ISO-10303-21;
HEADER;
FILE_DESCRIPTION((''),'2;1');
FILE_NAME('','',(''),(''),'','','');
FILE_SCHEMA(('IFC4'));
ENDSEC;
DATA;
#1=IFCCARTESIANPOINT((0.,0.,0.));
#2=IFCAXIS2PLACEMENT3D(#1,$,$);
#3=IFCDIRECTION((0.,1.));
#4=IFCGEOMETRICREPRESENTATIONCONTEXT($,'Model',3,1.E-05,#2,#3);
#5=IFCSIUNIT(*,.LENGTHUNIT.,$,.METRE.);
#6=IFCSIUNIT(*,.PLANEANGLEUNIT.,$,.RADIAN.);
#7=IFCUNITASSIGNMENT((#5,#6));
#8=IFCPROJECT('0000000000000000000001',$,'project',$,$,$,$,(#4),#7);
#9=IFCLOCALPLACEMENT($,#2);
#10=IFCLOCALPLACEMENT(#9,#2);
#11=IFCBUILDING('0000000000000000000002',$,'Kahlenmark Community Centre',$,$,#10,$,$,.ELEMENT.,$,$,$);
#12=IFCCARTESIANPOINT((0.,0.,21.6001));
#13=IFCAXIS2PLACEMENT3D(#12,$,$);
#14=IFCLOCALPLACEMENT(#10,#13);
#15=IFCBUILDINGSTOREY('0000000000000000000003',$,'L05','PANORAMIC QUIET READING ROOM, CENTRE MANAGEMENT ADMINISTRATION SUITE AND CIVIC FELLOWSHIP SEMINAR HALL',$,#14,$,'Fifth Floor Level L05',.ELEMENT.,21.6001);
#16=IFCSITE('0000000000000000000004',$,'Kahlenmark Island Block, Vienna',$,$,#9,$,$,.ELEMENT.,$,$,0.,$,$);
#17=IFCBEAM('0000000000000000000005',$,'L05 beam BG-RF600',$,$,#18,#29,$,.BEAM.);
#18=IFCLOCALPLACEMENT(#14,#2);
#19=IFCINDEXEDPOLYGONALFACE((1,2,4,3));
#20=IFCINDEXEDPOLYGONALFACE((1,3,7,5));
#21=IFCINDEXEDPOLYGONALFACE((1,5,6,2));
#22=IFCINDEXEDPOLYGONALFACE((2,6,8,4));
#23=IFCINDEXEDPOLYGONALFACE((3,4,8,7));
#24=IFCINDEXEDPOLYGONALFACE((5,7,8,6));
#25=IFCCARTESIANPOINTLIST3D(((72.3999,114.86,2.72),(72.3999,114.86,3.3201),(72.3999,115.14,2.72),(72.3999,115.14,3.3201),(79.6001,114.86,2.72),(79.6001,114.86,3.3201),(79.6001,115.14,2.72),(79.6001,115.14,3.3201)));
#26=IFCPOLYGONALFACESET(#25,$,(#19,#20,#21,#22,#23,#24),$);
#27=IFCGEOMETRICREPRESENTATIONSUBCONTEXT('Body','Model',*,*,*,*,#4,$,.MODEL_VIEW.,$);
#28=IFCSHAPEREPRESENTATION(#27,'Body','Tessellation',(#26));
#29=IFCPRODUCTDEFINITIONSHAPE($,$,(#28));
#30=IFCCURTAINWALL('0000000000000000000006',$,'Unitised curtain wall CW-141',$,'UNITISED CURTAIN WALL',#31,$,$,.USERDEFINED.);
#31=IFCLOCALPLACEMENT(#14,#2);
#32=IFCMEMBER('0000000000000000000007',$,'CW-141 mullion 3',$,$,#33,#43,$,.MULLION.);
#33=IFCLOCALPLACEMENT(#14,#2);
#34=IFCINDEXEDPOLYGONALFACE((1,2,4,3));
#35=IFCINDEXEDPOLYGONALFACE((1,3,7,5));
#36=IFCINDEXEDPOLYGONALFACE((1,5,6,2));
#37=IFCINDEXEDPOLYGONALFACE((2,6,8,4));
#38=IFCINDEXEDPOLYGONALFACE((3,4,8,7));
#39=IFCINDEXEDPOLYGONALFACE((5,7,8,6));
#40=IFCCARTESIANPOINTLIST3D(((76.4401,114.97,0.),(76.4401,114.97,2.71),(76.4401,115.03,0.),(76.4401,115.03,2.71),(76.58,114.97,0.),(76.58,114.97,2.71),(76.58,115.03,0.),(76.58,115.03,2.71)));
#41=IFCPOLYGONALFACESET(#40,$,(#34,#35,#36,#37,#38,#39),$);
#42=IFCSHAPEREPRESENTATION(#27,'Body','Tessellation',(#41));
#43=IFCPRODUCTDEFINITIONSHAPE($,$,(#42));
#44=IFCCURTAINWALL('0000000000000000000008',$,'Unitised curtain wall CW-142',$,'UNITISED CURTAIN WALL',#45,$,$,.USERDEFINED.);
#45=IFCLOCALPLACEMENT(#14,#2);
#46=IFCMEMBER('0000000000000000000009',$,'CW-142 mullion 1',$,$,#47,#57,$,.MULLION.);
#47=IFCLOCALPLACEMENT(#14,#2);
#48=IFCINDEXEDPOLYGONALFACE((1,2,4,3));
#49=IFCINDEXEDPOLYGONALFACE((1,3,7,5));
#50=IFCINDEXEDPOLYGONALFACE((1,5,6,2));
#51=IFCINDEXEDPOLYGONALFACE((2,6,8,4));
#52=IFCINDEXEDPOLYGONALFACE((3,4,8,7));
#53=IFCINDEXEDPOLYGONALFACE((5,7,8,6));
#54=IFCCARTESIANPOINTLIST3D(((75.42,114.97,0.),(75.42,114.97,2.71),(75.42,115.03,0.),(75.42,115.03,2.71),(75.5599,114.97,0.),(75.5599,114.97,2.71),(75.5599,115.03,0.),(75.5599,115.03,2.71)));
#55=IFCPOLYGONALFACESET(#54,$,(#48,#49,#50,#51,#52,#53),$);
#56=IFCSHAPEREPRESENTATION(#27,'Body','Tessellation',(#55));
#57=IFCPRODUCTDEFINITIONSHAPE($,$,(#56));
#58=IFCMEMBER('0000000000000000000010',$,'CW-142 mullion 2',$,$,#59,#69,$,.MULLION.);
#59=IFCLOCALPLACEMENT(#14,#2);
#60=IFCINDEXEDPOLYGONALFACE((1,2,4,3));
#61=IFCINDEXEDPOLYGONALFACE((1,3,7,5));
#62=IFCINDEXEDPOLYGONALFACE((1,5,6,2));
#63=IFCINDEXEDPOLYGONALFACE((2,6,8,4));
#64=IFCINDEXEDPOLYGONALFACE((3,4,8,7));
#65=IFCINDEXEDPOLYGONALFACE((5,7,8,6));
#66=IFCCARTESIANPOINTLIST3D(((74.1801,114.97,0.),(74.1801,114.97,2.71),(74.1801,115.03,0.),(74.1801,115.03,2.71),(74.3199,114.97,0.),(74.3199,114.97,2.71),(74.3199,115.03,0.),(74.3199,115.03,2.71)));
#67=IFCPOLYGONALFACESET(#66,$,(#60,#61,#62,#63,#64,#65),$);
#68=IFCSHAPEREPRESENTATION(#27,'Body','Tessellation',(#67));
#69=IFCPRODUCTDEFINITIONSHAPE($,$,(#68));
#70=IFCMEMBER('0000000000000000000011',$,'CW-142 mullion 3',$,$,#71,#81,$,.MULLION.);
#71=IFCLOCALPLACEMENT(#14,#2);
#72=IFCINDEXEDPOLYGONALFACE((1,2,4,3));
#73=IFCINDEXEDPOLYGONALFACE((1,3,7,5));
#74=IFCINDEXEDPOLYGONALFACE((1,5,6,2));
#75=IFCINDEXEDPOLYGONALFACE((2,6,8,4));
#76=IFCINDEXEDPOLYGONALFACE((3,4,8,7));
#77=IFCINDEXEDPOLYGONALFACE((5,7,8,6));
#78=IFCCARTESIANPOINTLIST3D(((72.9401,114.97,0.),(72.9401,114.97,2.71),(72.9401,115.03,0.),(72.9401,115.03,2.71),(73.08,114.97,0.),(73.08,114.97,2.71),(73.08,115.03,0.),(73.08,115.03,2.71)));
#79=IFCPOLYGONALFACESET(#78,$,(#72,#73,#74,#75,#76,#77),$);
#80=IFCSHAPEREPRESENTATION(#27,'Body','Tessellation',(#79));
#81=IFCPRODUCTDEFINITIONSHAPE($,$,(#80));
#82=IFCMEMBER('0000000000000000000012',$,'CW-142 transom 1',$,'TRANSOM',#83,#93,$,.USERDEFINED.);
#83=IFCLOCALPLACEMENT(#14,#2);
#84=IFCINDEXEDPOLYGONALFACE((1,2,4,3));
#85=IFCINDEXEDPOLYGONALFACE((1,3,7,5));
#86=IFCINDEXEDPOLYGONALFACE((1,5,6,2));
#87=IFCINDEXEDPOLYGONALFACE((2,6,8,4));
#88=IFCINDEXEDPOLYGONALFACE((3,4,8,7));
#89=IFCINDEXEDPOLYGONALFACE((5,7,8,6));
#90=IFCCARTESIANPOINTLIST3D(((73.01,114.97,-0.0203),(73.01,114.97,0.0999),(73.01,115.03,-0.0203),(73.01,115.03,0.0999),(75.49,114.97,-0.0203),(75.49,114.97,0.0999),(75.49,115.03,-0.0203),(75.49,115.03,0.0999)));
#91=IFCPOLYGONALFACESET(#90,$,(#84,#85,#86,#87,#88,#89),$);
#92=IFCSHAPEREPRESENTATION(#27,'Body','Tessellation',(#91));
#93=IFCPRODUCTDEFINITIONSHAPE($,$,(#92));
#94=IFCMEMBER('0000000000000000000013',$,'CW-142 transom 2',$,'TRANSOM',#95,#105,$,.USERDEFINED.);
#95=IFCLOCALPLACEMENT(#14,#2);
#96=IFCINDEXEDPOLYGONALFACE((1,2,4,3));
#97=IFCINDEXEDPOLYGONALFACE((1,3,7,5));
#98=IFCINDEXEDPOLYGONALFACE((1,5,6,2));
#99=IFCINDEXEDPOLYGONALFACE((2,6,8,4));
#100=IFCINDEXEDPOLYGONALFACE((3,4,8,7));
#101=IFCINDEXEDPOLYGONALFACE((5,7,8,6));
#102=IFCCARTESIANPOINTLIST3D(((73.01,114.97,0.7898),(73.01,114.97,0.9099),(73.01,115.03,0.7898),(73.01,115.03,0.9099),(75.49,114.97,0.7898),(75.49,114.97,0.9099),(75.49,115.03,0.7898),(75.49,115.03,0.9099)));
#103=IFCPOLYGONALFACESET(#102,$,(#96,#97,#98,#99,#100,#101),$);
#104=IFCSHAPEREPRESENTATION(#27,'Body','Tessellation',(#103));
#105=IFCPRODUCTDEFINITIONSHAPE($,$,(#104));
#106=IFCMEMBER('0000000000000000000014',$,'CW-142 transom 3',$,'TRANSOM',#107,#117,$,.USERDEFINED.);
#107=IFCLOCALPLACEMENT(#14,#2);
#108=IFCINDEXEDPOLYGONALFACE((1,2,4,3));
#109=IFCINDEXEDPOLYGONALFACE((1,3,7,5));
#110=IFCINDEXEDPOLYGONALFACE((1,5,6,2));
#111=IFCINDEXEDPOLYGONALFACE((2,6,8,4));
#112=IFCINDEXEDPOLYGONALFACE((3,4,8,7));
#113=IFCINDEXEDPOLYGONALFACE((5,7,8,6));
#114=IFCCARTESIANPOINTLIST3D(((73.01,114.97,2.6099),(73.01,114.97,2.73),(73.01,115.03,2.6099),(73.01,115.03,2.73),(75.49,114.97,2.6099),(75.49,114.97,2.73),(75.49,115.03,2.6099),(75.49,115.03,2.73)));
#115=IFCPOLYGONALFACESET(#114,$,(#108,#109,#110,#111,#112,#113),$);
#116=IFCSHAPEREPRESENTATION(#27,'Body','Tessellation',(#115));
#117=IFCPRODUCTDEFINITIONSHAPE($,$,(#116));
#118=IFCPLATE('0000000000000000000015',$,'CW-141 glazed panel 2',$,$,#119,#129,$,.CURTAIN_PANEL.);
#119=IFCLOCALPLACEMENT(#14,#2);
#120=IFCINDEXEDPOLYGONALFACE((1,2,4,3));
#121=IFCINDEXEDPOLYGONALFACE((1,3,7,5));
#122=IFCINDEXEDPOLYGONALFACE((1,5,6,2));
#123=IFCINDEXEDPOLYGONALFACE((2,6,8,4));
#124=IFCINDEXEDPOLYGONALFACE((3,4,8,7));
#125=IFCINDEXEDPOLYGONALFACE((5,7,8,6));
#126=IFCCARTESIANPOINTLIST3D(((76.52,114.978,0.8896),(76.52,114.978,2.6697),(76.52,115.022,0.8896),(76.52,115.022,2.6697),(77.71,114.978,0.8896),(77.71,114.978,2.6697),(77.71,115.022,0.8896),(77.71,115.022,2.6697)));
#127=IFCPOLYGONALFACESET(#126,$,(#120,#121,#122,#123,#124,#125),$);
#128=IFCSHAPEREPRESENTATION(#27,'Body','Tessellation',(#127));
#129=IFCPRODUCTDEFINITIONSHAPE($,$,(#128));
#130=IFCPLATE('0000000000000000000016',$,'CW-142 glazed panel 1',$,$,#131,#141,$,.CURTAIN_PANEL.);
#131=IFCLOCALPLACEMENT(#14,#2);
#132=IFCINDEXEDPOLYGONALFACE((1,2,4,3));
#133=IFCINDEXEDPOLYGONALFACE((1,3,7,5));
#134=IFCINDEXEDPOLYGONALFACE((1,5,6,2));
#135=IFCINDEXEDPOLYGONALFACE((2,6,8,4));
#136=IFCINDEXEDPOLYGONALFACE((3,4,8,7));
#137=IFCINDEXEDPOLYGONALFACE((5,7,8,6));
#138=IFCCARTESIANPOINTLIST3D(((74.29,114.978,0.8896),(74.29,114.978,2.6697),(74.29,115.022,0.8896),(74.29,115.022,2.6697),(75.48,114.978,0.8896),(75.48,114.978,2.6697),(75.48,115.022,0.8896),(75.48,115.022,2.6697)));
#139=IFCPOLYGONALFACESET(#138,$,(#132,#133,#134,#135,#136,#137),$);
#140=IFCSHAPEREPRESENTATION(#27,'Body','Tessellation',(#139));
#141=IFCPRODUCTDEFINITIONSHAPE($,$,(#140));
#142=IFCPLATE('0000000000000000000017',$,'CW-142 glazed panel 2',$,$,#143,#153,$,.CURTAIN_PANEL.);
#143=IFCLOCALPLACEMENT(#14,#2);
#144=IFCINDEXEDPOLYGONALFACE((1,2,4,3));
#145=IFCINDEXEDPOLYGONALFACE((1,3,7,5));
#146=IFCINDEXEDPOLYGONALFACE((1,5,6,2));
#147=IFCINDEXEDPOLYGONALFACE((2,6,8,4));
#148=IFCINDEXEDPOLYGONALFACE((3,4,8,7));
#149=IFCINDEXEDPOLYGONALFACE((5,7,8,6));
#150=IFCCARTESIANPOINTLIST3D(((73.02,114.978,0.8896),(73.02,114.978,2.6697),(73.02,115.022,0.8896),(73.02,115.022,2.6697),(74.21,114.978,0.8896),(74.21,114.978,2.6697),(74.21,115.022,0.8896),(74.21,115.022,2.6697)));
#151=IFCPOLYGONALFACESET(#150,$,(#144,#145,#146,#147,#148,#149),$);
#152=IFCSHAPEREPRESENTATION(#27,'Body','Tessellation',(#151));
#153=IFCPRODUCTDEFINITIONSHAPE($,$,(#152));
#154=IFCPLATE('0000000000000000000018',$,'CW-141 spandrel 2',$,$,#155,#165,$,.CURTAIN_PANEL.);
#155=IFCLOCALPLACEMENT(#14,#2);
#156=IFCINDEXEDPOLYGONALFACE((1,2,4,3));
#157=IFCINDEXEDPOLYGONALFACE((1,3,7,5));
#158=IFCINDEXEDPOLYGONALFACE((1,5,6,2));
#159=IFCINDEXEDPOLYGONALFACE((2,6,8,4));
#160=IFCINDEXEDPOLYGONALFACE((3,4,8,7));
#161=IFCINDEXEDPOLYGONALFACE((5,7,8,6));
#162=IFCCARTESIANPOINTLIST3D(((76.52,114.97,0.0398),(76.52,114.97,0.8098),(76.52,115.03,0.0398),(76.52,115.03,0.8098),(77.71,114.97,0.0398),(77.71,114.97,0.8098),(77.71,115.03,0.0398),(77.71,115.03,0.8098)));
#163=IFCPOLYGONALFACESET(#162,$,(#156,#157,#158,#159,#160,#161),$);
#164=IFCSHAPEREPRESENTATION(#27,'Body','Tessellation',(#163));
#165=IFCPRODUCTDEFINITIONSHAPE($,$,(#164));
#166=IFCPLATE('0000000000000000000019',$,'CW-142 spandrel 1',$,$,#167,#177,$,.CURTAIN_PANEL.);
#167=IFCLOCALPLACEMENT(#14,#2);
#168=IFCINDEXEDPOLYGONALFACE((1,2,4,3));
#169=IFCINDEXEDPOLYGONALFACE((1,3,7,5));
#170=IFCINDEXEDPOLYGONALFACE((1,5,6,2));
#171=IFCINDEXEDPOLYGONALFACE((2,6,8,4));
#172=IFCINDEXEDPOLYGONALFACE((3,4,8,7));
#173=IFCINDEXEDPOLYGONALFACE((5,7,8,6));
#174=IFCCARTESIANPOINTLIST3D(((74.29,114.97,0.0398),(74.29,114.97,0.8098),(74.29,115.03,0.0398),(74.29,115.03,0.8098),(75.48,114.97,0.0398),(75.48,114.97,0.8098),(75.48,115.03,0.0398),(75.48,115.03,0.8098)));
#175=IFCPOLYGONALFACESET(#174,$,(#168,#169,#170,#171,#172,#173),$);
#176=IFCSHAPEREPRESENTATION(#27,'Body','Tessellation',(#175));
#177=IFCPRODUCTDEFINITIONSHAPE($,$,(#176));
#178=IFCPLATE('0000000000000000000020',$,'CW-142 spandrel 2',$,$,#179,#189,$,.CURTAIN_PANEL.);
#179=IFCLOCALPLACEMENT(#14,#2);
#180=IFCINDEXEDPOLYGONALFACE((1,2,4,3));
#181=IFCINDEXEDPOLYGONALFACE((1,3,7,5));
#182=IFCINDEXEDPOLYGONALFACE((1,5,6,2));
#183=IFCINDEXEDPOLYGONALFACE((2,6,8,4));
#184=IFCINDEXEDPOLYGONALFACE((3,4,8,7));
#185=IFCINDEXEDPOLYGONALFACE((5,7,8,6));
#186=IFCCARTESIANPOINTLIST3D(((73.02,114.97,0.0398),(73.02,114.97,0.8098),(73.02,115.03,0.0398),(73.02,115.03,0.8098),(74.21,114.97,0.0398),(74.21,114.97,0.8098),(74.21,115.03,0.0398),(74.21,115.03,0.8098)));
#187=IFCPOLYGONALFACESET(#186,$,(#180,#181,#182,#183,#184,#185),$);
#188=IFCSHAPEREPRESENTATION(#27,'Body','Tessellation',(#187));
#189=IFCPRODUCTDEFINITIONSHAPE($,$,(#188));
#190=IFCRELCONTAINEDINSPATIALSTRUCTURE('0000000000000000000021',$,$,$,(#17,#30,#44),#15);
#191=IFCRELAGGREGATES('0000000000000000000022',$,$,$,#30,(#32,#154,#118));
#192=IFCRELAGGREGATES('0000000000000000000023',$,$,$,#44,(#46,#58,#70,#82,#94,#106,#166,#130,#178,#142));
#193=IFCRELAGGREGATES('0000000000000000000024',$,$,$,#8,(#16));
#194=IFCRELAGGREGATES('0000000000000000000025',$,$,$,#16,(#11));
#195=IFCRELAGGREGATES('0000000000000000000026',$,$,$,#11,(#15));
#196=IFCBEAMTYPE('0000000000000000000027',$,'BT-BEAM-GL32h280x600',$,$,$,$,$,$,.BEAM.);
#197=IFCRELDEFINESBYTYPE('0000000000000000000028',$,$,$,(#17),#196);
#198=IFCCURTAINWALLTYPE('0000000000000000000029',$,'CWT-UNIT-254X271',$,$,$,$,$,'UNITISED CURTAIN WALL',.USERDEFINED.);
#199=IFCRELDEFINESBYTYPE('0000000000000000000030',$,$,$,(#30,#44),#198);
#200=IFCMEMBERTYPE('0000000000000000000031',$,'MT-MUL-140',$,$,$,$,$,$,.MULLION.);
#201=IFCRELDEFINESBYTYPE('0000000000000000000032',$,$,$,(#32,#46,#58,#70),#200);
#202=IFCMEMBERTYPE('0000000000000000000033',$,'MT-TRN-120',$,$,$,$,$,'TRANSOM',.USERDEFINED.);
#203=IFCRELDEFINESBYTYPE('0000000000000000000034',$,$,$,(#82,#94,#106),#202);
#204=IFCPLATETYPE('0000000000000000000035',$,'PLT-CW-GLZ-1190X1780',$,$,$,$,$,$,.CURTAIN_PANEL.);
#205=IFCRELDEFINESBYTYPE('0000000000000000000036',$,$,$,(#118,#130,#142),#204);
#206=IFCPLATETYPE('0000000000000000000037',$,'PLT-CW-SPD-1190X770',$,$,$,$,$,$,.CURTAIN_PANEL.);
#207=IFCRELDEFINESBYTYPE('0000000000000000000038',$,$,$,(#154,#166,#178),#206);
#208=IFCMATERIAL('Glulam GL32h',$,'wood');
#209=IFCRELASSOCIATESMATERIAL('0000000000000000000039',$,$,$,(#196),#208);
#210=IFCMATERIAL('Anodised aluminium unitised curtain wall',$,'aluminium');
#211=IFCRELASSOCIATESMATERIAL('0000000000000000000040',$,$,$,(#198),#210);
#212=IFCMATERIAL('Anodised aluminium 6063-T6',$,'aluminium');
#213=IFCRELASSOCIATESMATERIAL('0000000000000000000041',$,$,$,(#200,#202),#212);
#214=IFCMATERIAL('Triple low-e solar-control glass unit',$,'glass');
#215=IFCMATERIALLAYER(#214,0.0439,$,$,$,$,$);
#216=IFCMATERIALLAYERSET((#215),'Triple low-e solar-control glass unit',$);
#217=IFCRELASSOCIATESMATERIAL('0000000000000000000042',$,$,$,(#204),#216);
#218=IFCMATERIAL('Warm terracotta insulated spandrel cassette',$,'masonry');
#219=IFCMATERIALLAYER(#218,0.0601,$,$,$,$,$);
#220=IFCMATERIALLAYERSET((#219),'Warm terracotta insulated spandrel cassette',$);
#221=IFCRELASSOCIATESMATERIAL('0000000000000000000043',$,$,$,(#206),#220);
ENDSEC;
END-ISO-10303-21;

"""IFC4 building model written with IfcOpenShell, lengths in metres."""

from ifc_helpers import new_model, si_unit, direction, frame, origin, origin_2d, place, context, subcontext, project, spatial, rectangle, extrude, material, layer, layer_set, material_profile, profile_set, type_object, element, aggregate, save


model = new_model("IFC4")

# Units and contexts
model_context = context("Model", 3, precision=1e-05, world=origin(), true_north=direction((0.0, 1.0)))
body_context = subcontext(model_context, "Body", "Model", "MODEL_VIEW")
ifc_project = project(units=[si_unit("LENGTHUNIT", "METRE"), si_unit("PLANEANGLEUNIT", "RADIAN")], contexts=[model_context])

# Site, building, storey
site_placement = place(None, origin())
site = spatial("IfcSite", under=ifc_project, at=site_placement, Name="Kahlenmark Island Block, Vienna", CompositionType="ELEMENT", RefElevation=0.0)
building_placement = place(site_placement, origin())
building = spatial("IfcBuilding", under=site, at=building_placement, Name="Kahlenmark Community Centre", CompositionType="ELEMENT")
storey_placement = place(building_placement, frame((0.0, 0.0, 21.6001)))
storey = spatial("IfcBuildingStorey", under=building, at=storey_placement, Name="L05", Description="PANORAMIC QUIET READING ROOM, CENTRE MANAGEMENT ADMINISTRATION SUITE AND CIVIC FELLOWSHIP SEMINAR HALL", LongName="Fifth Floor Level L05", CompositionType="ELEMENT", Elevation=21.6001)

# Beam
ifc_material_1 = material(Name="Glulam GL32h", Category="wood")
ifc_material_profile_1 = material_profile(ifc_material_1, rectangle(XDim=0.28, YDim=0.6001, at=origin_2d()), Name="GL32h 280x600")
ifc_profile_set_1 = profile_set([ifc_material_profile_1], Name="Glulam GL32h")
beam_type = type_object("IfcBeamType", Name="BT-BEAM-GL32h280x600", PredefinedType="BEAM", material=ifc_profile_set_1)
beam_placement = place(storey_placement, frame((72.3999, 115.0, 3.02), z_axis=(1.0, 0.0, 0.0), x_axis=(0.0, 1.0, 0.0)))
element("IfcBeam", 1, at=beam_placement, inside=storey, type_object=beam_type, Name="L05 beam BG-RF600", PredefinedType="BEAM", context=body_context, shape_type="SweptSolid", body=[
    extrude(rectangle(XDim=0.28, YDim=0.6001, at=origin_2d()), origin(), (0.0, 0.0, 1.0), 7.2002),
])

# Curtain wall, member
ifc_material_2 = material(Name="Anodised aluminium unitised curtain wall", Category="aluminium")
curtain_wall_type = type_object("IfcCurtainWallType", Name="CWT-UNIT-254X271", ElementType="UNITISED CURTAIN WALL", PredefinedType="USERDEFINED", material=ifc_material_2)
curtain_wall_1_placement = place(storey_placement, origin())
curtain_wall_1 = element("IfcCurtainWall", 2, at=curtain_wall_1_placement, inside=storey, type_object=curtain_wall_type, Name="Unitised curtain wall CW-141", ObjectType="UNITISED CURTAIN WALL", PredefinedType="USERDEFINED")
ifc_material_3 = material(Name="Anodised aluminium 6063-T6", Category="aluminium")
ifc_material_profile_2 = material_profile(ifc_material_3, rectangle(XDim=0.0601, YDim=0.1399, at=origin_2d()), Name="ALU MULLION 60x140")
ifc_profile_set_2 = profile_set([ifc_material_profile_2], Name="Anodised aluminium 6063-T6")
member_type_1 = type_object("IfcMemberType", Name="MT-MUL-140", PredefinedType="MULLION", material=ifc_profile_set_2)
member_1_placement = place(storey_placement, frame((76.51, 115.0, 0.0), z_axis=(0.0, 0.0, 1.0), x_axis=(0.0, -1.0, 0.0)))
member_1 = element("IfcMember", 3, at=member_1_placement, type_object=member_type_1, Name="CW-141 mullion 3", PredefinedType="MULLION", context=body_context, shape_type="SweptSolid", body=[
    extrude(rectangle(XDim=0.0601, YDim=0.1399, at=origin_2d()), origin(), (0.0, 0.0, 1.0), 2.71),
])

# Curtain wall, members
curtain_wall_2_placement = place(storey_placement, origin())
curtain_wall_2 = element("IfcCurtainWall", 4, at=curtain_wall_2_placement, inside=storey, type_object=curtain_wall_type, Name="Unitised curtain wall CW-142", ObjectType="UNITISED CURTAIN WALL", PredefinedType="USERDEFINED")
member_2_placement = place(storey_placement, frame((75.49, 115.0, 0.0), z_axis=(0.0, 0.0, 1.0), x_axis=(0.0, -1.0, 0.0)))
member_2 = element("IfcMember", 5, at=member_2_placement, type_object=member_type_1, Name="CW-142 mullion 1", PredefinedType="MULLION", context=body_context, shape_type="SweptSolid", body=[
    extrude(rectangle(XDim=0.0601, YDim=0.1399, at=origin_2d()), origin(), (0.0, 0.0, 1.0), 2.71),
])
member_3_placement = place(storey_placement, frame((74.25, 115.0, 0.0), z_axis=(0.0, 0.0, 1.0), x_axis=(0.0, -1.0, 0.0)))
member_3 = element("IfcMember", 6, at=member_3_placement, type_object=member_type_1, Name="CW-142 mullion 2", PredefinedType="MULLION", context=body_context, shape_type="SweptSolid", body=[
    extrude(rectangle(XDim=0.0601, YDim=0.1399, at=origin_2d()), origin(), (0.0, 0.0, 1.0), 2.71),
])
member_4_placement = place(storey_placement, frame((73.01, 115.0, 0.0), z_axis=(0.0, 0.0, 1.0), x_axis=(0.0, -1.0, 0.0)))
member_4 = element("IfcMember", 7, at=member_4_placement, type_object=member_type_1, Name="CW-142 mullion 3", PredefinedType="MULLION", context=body_context, shape_type="SweptSolid", body=[
    extrude(rectangle(XDim=0.0601, YDim=0.1399, at=origin_2d()), origin(), (0.0, 0.0, 1.0), 2.71),
])
ifc_material_profile_3 = material_profile(ifc_material_3, rectangle(XDim=0.0601, YDim=0.1201, at=origin_2d()), Name="ALU TRANSOM 60x120")
ifc_profile_set_3 = profile_set([ifc_material_profile_3], Name="Anodised aluminium 6063-T6")
member_type_2 = type_object("IfcMemberType", Name="MT-TRN-120", ElementType="TRANSOM", PredefinedType="USERDEFINED", material=ifc_profile_set_3)
member_5_placement = place(storey_placement, frame((75.49, 115.0, 0.0398), z_axis=(-1.0, 0.0, 0.0), x_axis=(0.0, -1.0, 0.0)))
member_5 = element("IfcMember", 8, at=member_5_placement, type_object=member_type_2, Name="CW-142 transom 1", ObjectType="TRANSOM", PredefinedType="USERDEFINED", context=body_context, shape_type="SweptSolid", body=[
    extrude(rectangle(XDim=0.0601, YDim=0.1201, at=origin_2d()), origin(), (0.0, 0.0, 1.0), 2.48),
])
member_6_placement = place(storey_placement, frame((75.49, 115.0, 0.8499), z_axis=(-1.0, 0.0, 0.0), x_axis=(0.0, -1.0, 0.0)))
member_6 = element("IfcMember", 9, at=member_6_placement, type_object=member_type_2, Name="CW-142 transom 2", ObjectType="TRANSOM", PredefinedType="USERDEFINED", context=body_context, shape_type="SweptSolid", body=[
    extrude(rectangle(XDim=0.0601, YDim=0.1201, at=origin_2d()), origin(), (0.0, 0.0, 1.0), 2.48),
])
member_7_placement = place(storey_placement, frame((75.49, 115.0, 2.6699), z_axis=(-1.0, 0.0, 0.0), x_axis=(0.0, -1.0, 0.0)))
member_7 = element("IfcMember", 10, at=member_7_placement, type_object=member_type_2, Name="CW-142 transom 3", ObjectType="TRANSOM", PredefinedType="USERDEFINED", context=body_context, shape_type="SweptSolid", body=[
    extrude(rectangle(XDim=0.0601, YDim=0.1201, at=origin_2d()), origin(), (0.0, 0.0, 1.0), 2.48),
])

# Plates
ifc_material_4 = material(Name="Triple low-e solar-control glass unit", Category="glass")
ifc_layer_1 = layer(ifc_material_4, 0.0439)
ifc_layer_set_1 = layer_set([ifc_layer_1], Name="Triple low-e solar-control glass unit")
plate_type_1 = type_object("IfcPlateType", Name="PLT-CW-GLZ-1190X1780", PredefinedType="CURTAIN_PANEL", material=ifc_layer_set_1)
plate_1_placement = place(storey_placement, frame((77.115, 115.0, 0.8896), z_axis=(0.0, 0.0, 1.0), x_axis=(-1.0, 0.0, 0.0)))
plate_1 = element("IfcPlate", 11, at=plate_1_placement, type_object=plate_type_1, Name="CW-141 glazed panel 2", PredefinedType="CURTAIN_PANEL", context=body_context, shape_type="SweptSolid", body=[
    extrude(rectangle(XDim=1.1899, YDim=0.0439, at=origin_2d()), origin(), (0.0, 0.0, 1.0), 1.78),
])
plate_2_placement = place(storey_placement, frame((74.885, 115.0, 0.8896), z_axis=(0.0, 0.0, 1.0), x_axis=(-1.0, 0.0, 0.0)))
plate_2 = element("IfcPlate", 12, at=plate_2_placement, type_object=plate_type_1, Name="CW-142 glazed panel 1", PredefinedType="CURTAIN_PANEL", context=body_context, shape_type="SweptSolid", body=[
    extrude(rectangle(XDim=1.1899, YDim=0.0439, at=origin_2d()), origin(), (0.0, 0.0, 1.0), 1.78),
])
plate_3_placement = place(storey_placement, frame((73.615, 115.0, 0.8896), z_axis=(0.0, 0.0, 1.0), x_axis=(-1.0, 0.0, 0.0)))
plate_3 = element("IfcPlate", 13, at=plate_3_placement, type_object=plate_type_1, Name="CW-142 glazed panel 2", PredefinedType="CURTAIN_PANEL", context=body_context, shape_type="SweptSolid", body=[
    extrude(rectangle(XDim=1.1899, YDim=0.0439, at=origin_2d()), origin(), (0.0, 0.0, 1.0), 1.78),
])
ifc_material_5 = material(Name="Warm terracotta insulated spandrel cassette", Category="masonry")
ifc_layer_2 = layer(ifc_material_5, 0.0601)
ifc_layer_set_2 = layer_set([ifc_layer_2], Name="Warm terracotta insulated spandrel cassette")
plate_type_2 = type_object("IfcPlateType", Name="PLT-CW-SPD-1190X770", PredefinedType="CURTAIN_PANEL", material=ifc_layer_set_2)
plate_4_placement = place(storey_placement, frame((77.115, 115.0, 0.0398), z_axis=(0.0, 0.0, 1.0), x_axis=(-1.0, 0.0, 0.0)))
plate_4 = element("IfcPlate", 14, at=plate_4_placement, type_object=plate_type_2, Name="CW-141 spandrel 2", PredefinedType="CURTAIN_PANEL", context=body_context, shape_type="SweptSolid", body=[
    extrude(rectangle(XDim=1.1899, YDim=0.0601, at=origin_2d()), origin(), (0.0, 0.0, 1.0), 0.77),
])
aggregate(curtain_wall_1, [member_1, plate_4, plate_1])
plate_5_placement = place(storey_placement, frame((74.885, 115.0, 0.0398), z_axis=(0.0, 0.0, 1.0), x_axis=(-1.0, 0.0, 0.0)))
plate_5 = element("IfcPlate", 15, at=plate_5_placement, type_object=plate_type_2, Name="CW-142 spandrel 1", PredefinedType="CURTAIN_PANEL", context=body_context, shape_type="SweptSolid", body=[
    extrude(rectangle(XDim=1.1899, YDim=0.0601, at=origin_2d()), origin(), (0.0, 0.0, 1.0), 0.77),
])
plate_6_placement = place(storey_placement, frame((73.615, 115.0, 0.0398), z_axis=(0.0, 0.0, 1.0), x_axis=(-1.0, 0.0, 0.0)))
plate_6 = element("IfcPlate", 16, at=plate_6_placement, type_object=plate_type_2, Name="CW-142 spandrel 2", PredefinedType="CURTAIN_PANEL", context=body_context, shape_type="SweptSolid", body=[
    extrude(rectangle(XDim=1.1899, YDim=0.0601, at=origin_2d()), origin(), (0.0, 0.0, 1.0), 0.77),
])
aggregate(curtain_wall_2, [member_2, member_3, member_4, member_5, member_6, member_7, plate_5, plate_2, plate_6, plate_3])

save(model, "model.ifc")
